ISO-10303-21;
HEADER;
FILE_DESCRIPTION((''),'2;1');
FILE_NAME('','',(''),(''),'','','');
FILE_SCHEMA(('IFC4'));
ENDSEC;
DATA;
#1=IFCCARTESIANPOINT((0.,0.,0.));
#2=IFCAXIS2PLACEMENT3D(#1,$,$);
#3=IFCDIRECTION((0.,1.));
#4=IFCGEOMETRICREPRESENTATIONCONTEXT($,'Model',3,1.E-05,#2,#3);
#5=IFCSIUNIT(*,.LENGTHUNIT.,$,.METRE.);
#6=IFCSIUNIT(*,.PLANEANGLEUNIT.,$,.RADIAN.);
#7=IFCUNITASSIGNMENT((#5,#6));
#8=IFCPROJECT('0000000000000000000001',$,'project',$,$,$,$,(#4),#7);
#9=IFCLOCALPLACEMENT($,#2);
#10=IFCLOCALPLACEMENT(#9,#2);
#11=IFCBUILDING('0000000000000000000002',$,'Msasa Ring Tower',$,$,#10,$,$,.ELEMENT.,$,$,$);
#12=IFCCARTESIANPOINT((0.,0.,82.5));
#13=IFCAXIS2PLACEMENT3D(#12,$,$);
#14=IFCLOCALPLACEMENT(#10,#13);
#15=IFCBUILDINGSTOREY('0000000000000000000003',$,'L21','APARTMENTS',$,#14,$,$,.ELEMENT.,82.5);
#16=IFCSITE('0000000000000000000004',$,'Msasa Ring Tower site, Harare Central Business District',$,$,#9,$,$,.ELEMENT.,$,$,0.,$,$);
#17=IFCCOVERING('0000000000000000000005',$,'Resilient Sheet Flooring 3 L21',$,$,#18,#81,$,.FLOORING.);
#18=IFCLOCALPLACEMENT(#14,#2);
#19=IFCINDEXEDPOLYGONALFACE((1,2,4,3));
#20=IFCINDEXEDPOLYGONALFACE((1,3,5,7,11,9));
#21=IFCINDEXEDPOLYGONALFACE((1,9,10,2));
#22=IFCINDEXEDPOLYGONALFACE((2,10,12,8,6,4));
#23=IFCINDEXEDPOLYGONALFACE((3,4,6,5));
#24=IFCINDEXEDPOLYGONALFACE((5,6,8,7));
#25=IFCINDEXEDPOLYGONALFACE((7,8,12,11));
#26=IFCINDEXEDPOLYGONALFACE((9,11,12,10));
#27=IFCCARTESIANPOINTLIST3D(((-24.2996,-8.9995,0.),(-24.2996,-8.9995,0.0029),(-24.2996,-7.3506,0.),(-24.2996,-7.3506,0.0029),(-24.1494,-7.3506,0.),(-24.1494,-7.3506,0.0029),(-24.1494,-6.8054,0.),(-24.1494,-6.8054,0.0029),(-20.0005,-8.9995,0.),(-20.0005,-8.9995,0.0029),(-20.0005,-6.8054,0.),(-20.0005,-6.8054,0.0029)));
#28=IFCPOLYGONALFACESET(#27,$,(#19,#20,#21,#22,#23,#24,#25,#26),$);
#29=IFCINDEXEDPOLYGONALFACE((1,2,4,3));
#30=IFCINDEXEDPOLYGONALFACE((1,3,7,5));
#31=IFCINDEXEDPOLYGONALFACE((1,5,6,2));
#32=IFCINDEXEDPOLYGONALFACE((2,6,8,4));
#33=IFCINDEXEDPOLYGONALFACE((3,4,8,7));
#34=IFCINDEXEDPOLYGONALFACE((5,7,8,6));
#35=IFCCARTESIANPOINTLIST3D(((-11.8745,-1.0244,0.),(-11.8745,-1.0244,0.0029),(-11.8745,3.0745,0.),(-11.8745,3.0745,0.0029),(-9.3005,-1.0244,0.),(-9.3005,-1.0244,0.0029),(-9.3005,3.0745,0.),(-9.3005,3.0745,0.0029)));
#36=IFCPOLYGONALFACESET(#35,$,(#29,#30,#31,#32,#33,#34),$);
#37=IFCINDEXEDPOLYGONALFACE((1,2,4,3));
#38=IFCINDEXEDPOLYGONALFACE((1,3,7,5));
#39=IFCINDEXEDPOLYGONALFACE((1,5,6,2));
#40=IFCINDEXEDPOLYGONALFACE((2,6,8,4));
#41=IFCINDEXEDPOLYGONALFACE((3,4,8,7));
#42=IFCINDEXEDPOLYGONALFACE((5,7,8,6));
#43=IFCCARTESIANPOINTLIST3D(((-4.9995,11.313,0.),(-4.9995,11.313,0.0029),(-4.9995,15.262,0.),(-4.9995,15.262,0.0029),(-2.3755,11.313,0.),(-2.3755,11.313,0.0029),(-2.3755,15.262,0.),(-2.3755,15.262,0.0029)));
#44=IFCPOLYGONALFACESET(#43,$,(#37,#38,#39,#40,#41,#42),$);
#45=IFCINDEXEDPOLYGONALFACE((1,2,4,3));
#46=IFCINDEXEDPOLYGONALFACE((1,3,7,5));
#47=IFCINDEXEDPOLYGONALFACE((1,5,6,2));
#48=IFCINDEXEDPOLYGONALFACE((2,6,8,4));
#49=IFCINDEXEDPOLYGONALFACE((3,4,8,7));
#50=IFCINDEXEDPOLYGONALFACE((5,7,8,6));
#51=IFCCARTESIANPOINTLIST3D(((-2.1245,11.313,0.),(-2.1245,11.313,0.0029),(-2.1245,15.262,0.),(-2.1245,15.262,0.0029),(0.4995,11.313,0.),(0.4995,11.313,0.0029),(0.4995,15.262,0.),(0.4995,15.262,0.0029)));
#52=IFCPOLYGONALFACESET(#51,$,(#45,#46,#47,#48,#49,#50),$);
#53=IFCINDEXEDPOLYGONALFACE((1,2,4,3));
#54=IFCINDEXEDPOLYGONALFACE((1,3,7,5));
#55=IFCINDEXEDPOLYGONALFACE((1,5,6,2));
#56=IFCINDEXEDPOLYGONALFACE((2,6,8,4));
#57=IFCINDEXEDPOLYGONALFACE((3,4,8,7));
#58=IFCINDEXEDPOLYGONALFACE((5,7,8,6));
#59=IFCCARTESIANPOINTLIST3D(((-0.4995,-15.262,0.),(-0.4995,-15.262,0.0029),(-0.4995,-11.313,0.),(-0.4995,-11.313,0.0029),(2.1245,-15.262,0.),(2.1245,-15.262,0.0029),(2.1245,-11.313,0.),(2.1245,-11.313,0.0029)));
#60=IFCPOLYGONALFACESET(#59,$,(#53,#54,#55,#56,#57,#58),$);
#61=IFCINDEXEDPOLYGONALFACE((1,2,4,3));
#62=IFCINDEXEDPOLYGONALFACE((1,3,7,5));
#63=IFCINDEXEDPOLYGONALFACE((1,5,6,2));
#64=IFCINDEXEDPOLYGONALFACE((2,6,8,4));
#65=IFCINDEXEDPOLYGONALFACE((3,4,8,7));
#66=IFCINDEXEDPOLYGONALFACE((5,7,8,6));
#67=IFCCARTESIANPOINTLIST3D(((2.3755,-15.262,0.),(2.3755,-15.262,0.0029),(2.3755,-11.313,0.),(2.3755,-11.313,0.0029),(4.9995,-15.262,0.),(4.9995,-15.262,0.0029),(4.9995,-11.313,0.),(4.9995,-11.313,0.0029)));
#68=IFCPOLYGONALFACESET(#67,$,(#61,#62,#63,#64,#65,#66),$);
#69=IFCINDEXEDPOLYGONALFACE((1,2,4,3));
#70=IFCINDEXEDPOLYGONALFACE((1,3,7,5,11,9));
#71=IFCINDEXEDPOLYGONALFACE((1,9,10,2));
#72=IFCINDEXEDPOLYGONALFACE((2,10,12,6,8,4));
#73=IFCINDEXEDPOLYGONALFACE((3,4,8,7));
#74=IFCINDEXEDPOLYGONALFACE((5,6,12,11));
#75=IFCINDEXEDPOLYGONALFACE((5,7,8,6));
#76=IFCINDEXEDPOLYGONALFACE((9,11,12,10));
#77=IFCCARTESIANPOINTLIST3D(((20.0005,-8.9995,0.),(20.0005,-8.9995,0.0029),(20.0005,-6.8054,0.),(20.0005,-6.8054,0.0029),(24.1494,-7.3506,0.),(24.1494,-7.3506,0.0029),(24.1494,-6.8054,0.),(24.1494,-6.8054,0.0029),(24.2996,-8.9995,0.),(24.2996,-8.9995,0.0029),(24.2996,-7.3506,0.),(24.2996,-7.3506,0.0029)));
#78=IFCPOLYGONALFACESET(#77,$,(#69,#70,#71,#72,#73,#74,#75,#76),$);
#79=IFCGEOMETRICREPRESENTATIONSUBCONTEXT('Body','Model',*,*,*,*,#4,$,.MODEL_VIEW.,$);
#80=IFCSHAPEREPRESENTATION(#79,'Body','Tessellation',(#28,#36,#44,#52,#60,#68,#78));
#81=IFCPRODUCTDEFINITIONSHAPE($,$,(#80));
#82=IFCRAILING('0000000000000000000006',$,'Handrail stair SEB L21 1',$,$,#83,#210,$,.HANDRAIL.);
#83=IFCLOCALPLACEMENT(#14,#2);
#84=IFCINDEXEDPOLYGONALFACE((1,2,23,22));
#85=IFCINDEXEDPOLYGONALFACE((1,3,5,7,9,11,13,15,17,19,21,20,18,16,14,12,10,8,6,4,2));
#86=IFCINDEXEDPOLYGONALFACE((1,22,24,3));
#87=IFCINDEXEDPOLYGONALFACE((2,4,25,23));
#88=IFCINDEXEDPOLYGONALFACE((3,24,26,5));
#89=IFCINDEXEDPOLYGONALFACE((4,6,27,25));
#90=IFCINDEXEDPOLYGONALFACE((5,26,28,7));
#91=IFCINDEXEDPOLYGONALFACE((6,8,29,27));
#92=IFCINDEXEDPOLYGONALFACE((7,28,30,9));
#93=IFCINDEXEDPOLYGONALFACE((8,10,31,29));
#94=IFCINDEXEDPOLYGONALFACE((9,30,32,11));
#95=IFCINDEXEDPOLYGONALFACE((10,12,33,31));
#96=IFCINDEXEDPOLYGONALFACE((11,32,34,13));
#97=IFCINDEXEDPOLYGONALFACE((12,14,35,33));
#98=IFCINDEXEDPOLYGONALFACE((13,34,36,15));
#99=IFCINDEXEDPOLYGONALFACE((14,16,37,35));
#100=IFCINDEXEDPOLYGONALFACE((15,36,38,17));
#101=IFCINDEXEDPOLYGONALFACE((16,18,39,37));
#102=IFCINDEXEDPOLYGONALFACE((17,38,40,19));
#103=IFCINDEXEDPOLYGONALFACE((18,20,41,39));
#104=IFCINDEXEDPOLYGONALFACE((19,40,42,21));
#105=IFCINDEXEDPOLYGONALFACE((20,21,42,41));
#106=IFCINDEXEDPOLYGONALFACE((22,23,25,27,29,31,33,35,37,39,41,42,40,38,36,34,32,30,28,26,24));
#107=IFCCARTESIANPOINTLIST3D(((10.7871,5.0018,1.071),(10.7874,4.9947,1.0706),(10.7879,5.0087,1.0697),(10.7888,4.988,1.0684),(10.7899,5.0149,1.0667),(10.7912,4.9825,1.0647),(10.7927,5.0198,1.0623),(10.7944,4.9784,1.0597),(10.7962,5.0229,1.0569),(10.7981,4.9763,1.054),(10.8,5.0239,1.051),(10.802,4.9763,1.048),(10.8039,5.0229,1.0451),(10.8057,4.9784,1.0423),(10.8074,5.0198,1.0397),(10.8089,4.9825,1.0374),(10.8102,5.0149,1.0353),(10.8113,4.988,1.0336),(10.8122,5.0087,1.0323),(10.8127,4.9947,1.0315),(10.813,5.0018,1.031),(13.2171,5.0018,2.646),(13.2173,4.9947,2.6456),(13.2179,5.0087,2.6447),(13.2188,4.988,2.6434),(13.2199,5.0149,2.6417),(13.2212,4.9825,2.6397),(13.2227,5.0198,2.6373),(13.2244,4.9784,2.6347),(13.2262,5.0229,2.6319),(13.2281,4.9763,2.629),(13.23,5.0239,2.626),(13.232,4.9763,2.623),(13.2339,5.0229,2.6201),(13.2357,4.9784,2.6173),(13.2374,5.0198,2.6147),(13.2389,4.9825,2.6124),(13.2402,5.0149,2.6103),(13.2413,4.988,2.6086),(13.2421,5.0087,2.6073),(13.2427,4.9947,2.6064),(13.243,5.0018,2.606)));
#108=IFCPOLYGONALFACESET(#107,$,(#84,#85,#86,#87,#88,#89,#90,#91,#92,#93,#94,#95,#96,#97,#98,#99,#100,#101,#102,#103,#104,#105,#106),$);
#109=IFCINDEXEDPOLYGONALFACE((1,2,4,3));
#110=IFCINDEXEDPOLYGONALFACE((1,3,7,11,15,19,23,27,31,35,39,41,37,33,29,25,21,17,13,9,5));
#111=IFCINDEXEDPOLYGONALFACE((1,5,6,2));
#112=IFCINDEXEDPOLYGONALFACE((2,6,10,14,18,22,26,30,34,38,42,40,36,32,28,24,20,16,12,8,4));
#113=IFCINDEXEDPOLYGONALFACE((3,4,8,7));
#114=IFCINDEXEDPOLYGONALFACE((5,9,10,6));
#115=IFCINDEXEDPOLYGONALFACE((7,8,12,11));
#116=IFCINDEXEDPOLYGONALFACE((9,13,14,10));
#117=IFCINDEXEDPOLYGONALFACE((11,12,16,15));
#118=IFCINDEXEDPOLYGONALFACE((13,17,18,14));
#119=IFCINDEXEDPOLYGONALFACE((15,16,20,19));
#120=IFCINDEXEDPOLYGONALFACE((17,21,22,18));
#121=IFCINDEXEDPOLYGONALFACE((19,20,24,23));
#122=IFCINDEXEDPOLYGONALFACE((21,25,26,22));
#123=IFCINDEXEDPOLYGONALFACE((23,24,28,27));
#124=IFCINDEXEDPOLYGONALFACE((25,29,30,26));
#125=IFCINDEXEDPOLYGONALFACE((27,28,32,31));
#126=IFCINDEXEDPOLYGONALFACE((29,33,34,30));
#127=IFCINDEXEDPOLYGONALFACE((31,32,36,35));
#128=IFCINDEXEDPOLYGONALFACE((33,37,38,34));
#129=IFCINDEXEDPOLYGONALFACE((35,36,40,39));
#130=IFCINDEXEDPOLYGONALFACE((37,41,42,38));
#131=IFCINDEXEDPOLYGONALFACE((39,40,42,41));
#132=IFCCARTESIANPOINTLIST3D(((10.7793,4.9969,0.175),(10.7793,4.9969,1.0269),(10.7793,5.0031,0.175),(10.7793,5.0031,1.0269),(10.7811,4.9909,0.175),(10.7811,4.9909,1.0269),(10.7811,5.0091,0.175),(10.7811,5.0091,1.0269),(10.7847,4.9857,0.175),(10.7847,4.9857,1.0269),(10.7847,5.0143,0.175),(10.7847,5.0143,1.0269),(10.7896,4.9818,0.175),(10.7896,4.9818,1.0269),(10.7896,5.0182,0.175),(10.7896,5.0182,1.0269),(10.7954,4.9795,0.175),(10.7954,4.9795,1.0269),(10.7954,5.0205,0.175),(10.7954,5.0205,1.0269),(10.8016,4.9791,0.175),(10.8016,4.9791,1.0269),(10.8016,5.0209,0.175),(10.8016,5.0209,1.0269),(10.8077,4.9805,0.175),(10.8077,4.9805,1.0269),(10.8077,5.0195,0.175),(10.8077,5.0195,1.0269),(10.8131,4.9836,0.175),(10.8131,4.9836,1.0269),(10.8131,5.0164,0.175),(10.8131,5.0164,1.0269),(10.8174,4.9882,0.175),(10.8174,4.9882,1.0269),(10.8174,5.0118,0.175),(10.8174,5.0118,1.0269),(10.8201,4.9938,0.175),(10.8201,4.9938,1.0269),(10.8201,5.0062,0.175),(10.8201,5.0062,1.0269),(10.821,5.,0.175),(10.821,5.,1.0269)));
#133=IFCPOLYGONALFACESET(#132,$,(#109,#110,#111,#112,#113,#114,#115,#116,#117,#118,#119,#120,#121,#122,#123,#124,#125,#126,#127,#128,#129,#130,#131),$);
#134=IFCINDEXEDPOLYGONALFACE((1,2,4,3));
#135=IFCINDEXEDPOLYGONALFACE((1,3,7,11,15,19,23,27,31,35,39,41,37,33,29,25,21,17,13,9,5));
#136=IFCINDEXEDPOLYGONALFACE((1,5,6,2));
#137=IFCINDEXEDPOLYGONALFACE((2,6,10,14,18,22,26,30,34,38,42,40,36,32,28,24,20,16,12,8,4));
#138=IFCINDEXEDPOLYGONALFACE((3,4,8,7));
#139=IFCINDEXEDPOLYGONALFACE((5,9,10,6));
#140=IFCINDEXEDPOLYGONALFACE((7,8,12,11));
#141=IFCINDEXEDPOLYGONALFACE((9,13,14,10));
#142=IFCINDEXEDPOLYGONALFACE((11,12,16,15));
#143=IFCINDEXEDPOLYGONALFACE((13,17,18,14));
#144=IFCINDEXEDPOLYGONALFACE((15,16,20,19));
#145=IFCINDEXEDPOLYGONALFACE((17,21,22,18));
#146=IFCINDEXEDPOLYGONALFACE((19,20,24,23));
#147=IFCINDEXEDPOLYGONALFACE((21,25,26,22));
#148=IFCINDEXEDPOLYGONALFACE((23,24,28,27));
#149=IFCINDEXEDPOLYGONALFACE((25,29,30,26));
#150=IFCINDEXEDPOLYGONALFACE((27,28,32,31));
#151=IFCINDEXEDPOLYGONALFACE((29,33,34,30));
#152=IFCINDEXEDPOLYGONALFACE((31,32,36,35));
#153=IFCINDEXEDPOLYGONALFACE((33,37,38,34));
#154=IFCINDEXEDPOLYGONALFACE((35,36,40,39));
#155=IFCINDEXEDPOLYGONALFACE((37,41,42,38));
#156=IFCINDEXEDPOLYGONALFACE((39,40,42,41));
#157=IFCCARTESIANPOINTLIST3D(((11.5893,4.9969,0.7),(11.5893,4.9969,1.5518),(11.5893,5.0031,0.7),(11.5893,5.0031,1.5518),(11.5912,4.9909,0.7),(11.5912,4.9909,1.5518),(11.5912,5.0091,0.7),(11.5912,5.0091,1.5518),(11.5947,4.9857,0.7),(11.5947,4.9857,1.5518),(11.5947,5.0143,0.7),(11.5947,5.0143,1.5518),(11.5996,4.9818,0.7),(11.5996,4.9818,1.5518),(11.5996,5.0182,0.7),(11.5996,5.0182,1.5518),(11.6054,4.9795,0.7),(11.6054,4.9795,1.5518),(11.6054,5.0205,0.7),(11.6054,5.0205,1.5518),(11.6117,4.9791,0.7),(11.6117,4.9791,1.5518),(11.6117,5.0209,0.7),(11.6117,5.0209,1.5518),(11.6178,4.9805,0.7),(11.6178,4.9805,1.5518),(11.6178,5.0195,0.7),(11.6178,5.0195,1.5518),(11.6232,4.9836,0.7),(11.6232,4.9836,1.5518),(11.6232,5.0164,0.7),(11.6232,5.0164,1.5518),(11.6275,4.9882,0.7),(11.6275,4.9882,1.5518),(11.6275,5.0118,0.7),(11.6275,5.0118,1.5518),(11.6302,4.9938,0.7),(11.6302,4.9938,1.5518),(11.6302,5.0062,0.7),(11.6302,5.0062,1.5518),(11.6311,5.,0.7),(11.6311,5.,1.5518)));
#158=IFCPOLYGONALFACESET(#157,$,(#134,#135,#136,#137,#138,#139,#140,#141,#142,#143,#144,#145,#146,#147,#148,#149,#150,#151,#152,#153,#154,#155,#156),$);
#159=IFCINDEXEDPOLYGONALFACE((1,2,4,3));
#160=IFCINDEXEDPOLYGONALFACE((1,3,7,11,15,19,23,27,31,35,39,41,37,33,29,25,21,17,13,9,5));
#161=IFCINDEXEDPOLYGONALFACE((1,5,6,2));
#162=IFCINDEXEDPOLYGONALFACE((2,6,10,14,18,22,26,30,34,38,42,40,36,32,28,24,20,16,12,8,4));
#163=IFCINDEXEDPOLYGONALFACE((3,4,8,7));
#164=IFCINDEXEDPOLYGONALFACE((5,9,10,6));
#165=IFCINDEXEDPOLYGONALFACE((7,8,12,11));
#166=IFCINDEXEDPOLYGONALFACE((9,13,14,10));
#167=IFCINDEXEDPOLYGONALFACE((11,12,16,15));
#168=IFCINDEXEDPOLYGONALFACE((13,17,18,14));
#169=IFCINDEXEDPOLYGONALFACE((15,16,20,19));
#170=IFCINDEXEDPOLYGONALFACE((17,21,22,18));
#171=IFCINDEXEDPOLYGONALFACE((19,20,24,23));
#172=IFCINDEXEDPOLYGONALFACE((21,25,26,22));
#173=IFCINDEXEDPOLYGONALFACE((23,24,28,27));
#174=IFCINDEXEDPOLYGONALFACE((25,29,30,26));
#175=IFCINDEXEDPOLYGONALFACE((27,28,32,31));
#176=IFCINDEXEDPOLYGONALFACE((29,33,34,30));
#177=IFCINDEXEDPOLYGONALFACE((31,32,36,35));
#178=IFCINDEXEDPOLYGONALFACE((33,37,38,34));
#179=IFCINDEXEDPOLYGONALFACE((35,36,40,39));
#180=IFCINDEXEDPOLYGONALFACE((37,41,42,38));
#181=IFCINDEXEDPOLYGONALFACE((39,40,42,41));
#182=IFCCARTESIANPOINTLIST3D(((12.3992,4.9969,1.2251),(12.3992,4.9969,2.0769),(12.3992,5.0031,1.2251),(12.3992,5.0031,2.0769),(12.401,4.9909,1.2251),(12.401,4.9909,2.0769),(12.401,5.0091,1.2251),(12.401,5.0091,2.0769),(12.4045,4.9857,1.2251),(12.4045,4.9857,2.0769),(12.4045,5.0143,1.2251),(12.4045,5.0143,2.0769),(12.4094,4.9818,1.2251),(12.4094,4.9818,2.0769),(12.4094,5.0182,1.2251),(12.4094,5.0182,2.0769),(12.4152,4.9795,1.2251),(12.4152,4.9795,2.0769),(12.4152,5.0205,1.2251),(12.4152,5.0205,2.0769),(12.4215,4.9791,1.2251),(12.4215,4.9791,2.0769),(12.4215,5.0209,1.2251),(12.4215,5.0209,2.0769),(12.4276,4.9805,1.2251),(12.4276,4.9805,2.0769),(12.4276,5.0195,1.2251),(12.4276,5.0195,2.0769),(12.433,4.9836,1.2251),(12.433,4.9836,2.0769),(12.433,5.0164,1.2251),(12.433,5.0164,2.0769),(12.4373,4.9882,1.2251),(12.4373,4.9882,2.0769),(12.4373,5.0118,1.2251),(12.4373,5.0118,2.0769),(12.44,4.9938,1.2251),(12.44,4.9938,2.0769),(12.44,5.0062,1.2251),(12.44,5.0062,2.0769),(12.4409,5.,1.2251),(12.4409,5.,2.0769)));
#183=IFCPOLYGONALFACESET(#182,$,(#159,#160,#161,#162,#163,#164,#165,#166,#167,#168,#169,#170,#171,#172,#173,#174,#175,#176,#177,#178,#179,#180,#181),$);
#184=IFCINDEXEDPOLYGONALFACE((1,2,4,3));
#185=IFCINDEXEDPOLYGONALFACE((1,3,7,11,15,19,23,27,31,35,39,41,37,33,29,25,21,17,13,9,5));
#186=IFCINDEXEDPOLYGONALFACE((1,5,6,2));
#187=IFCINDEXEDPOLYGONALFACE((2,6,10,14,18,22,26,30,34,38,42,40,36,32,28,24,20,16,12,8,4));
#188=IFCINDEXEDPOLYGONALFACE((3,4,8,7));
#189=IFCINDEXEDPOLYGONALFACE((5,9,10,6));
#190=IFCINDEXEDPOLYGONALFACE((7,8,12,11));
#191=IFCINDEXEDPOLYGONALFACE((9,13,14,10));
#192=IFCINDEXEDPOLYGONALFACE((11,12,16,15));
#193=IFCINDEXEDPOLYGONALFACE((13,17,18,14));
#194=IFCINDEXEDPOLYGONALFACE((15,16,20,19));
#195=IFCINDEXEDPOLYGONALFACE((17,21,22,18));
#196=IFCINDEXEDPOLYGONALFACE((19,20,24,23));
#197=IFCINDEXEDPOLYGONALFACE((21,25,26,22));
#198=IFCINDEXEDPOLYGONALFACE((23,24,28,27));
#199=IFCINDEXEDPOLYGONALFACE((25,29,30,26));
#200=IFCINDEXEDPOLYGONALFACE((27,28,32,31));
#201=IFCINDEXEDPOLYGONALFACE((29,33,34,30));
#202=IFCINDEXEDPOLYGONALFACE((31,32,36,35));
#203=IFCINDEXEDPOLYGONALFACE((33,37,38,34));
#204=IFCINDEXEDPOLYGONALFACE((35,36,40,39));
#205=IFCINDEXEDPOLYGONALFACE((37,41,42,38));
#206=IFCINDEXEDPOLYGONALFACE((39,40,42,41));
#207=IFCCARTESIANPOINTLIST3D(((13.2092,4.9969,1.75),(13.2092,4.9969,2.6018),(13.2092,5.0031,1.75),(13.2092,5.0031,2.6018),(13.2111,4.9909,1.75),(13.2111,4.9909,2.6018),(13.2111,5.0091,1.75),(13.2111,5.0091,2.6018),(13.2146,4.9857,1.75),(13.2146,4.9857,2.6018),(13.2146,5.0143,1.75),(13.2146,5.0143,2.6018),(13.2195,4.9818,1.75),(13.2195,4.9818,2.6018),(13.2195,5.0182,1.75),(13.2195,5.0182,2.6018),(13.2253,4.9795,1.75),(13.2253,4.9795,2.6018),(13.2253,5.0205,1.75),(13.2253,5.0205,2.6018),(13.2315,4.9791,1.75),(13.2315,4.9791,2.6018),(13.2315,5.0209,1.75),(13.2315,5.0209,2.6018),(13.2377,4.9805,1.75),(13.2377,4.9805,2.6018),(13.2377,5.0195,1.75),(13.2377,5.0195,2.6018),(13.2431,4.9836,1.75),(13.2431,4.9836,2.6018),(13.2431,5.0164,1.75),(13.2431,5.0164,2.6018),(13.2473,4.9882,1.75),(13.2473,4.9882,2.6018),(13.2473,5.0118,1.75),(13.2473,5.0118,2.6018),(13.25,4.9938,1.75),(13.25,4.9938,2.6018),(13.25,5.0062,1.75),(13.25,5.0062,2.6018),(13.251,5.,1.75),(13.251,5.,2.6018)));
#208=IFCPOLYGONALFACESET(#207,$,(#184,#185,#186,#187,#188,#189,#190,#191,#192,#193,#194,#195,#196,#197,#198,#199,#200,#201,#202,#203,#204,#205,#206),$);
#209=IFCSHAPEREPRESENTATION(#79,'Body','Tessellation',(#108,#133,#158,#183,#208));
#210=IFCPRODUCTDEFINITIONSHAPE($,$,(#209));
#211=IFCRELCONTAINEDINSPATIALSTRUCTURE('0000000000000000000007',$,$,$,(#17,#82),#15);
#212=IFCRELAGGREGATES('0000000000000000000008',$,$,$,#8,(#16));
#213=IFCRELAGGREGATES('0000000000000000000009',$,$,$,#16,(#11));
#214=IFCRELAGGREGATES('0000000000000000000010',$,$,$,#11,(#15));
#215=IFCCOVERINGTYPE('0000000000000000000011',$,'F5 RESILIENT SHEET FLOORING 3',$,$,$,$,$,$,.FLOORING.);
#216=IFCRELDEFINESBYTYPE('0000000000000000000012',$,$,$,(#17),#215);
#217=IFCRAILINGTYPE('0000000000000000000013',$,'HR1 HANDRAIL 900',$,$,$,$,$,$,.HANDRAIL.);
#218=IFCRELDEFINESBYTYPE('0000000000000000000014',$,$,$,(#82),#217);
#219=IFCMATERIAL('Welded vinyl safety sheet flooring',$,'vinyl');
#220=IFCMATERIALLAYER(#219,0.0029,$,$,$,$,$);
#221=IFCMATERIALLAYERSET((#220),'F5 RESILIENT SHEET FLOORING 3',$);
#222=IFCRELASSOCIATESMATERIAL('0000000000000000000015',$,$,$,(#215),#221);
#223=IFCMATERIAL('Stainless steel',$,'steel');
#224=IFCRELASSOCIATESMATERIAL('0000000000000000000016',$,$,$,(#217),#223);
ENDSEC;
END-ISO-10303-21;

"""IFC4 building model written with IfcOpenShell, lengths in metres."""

from ifc_helpers import new_model, si_unit, direction, frame, origin, origin_2d, place, context, subcontext, project, spatial, line, indexed_curve, circle, outline, extrude, material, layer, layer_set, type_object, element, save


model = new_model("IFC4")

# Units and contexts
model_context = context("Model", 3, precision=1e-05, world=origin(), true_north=direction((0.0, 1.0)))
body_context = subcontext(model_context, "Body", "Model", "MODEL_VIEW")
ifc_project = project(units=[si_unit("LENGTHUNIT", "METRE"), si_unit("PLANEANGLEUNIT", "RADIAN")], contexts=[model_context])

# Site, building, storey
site_placement = place(None, origin())
site = spatial("IfcSite", under=ifc_project, at=site_placement, Name="Msasa Ring Tower site, Harare Central Business District", CompositionType="ELEMENT", RefElevation=0.0)
building_placement = place(site_placement, origin())
building = spatial("IfcBuilding", under=site, at=building_placement, Name="Msasa Ring Tower", CompositionType="ELEMENT")
storey_placement = place(building_placement, frame((0.0, 0.0, 82.5)))
storey = spatial("IfcBuildingStorey", under=building, at=storey_placement, Name="L21", Description="APARTMENTS", CompositionType="ELEMENT", Elevation=82.5)

# Covering
ifc_material_1 = material(Name="Welded vinyl safety sheet flooring", Category="vinyl")
ifc_layer_1 = layer(ifc_material_1, 0.0029)
ifc_layer_set_1 = layer_set([ifc_layer_1], Name="F5 RESILIENT SHEET FLOORING 3")
covering_type_1 = type_object("IfcCoveringType", Name="F5 RESILIENT SHEET FLOORING 3", PredefinedType="FLOORING", material=ifc_layer_set_1)
covering_1_placement = place(storey_placement, origin())
element("IfcCovering", 1, at=covering_1_placement, inside=storey, type_object=covering_type_1, Name="Resilient Sheet Flooring 3 L21", PredefinedType="FLOORING", context=body_context, shape_type="SweptSolid", body=[
    extrude(outline(indexed_curve([(-20.0005, -8.9995), (-24.2996, -8.9995), (-24.2996, -7.3506), (-24.1494, -7.3506), (-24.1494, -6.8054), (-20.0005, -6.8054)], segments=[line(1, 2, 3, 4, 5, 6, 1)], self_intersect=False)), origin(), (0.0, 0.0, 1.0), 0.0029),
    extrude(outline(indexed_curve([(-11.8745, 3.0745), (-9.3005, 3.0745), (-9.3005, -1.0244), (-11.8745, -1.0244)], segments=[line(1, 2, 3, 4, 1)], self_intersect=False)), origin(), (0.0, 0.0, 1.0), 0.0029),
    extrude(outline(indexed_curve([(-2.3755, 15.262), (-2.3755, 11.313), (-4.9995, 11.313), (-4.9995, 15.262)], segments=[line(1, 2, 3, 4, 1)], self_intersect=False)), origin(), (0.0, 0.0, 1.0), 0.0029),
    extrude(outline(indexed_curve([(0.4995, 15.262), (0.4995, 11.313), (-2.1245, 11.313), (-2.1245, 15.262)], segments=[line(1, 2, 3, 4, 1)], self_intersect=False)), origin(), (0.0, 0.0, 1.0), 0.0029),
    extrude(outline(indexed_curve([(-0.4995, -15.262), (-0.4995, -11.313), (2.1245, -11.313), (2.1245, -15.262)], segments=[line(1, 2, 3, 4, 1)], self_intersect=False)), origin(), (0.0, 0.0, 1.0), 0.0029),
    extrude(outline(indexed_curve([(4.9995, -11.313), (4.9995, -15.262), (2.3755, -15.262), (2.3755, -11.313)], segments=[line(1, 2, 3, 4, 1)], self_intersect=False)), origin(), (0.0, 0.0, 1.0), 0.0029),
    extrude(outline(indexed_curve([(20.0005, -8.9995), (20.0005, -6.8054), (24.1494, -6.8054), (24.1494, -7.3506), (24.2996, -7.3506), (24.2996, -8.9995)], segments=[line(1, 2, 3, 4, 5, 6, 1)], self_intersect=False)), origin(), (0.0, 0.0, 1.0), 0.0029),
])

# Railing
ifc_material_2 = material(Name="Stainless steel", Category="steel")
railing_type = type_object("IfcRailingType", Name="HR1 HANDRAIL 900", PredefinedType="HANDRAIL", material=ifc_material_2)
for number, where, name in (
    (2, (10.8, 5.0, 0.175), "Handrail stair SEB L21 1"),
):
    element("IfcRailing", number, at=place(storey_placement, frame(where)), inside=storey, type_object=railing_type, Name=name, PredefinedType="HANDRAIL", context=body_context, shape_type="SweptSolid", body=[
        extrude(circle(Radius=0.0239, at=origin_2d()), frame((0.0, 0.0, 0.876), z_axis=(0.839154, 0.0, 0.543894), x_axis=(0.0, 1.0, 0.0)), (0.0, 0.0, 1.0), 2.8958),
        extrude(circle(Radius=0.021, at=origin_2d()), origin(), (0.0, 0.0, 1.0), 0.8518),
        extrude(circle(Radius=0.021, at=origin_2d()), frame((0.8101, 0.0, 0.5249)), (0.0, 0.0, 1.0), 0.8518),
        extrude(circle(Radius=0.021, at=origin_2d()), frame((1.6199, 0.0, 1.05)), (0.0, 0.0, 1.0), 0.8518),
        extrude(circle(Radius=0.021, at=origin_2d()), frame((2.4299, 0.0, 1.575)), (0.0, 0.0, 1.0), 0.8518),
    ])

save(model, "model.ifc")
